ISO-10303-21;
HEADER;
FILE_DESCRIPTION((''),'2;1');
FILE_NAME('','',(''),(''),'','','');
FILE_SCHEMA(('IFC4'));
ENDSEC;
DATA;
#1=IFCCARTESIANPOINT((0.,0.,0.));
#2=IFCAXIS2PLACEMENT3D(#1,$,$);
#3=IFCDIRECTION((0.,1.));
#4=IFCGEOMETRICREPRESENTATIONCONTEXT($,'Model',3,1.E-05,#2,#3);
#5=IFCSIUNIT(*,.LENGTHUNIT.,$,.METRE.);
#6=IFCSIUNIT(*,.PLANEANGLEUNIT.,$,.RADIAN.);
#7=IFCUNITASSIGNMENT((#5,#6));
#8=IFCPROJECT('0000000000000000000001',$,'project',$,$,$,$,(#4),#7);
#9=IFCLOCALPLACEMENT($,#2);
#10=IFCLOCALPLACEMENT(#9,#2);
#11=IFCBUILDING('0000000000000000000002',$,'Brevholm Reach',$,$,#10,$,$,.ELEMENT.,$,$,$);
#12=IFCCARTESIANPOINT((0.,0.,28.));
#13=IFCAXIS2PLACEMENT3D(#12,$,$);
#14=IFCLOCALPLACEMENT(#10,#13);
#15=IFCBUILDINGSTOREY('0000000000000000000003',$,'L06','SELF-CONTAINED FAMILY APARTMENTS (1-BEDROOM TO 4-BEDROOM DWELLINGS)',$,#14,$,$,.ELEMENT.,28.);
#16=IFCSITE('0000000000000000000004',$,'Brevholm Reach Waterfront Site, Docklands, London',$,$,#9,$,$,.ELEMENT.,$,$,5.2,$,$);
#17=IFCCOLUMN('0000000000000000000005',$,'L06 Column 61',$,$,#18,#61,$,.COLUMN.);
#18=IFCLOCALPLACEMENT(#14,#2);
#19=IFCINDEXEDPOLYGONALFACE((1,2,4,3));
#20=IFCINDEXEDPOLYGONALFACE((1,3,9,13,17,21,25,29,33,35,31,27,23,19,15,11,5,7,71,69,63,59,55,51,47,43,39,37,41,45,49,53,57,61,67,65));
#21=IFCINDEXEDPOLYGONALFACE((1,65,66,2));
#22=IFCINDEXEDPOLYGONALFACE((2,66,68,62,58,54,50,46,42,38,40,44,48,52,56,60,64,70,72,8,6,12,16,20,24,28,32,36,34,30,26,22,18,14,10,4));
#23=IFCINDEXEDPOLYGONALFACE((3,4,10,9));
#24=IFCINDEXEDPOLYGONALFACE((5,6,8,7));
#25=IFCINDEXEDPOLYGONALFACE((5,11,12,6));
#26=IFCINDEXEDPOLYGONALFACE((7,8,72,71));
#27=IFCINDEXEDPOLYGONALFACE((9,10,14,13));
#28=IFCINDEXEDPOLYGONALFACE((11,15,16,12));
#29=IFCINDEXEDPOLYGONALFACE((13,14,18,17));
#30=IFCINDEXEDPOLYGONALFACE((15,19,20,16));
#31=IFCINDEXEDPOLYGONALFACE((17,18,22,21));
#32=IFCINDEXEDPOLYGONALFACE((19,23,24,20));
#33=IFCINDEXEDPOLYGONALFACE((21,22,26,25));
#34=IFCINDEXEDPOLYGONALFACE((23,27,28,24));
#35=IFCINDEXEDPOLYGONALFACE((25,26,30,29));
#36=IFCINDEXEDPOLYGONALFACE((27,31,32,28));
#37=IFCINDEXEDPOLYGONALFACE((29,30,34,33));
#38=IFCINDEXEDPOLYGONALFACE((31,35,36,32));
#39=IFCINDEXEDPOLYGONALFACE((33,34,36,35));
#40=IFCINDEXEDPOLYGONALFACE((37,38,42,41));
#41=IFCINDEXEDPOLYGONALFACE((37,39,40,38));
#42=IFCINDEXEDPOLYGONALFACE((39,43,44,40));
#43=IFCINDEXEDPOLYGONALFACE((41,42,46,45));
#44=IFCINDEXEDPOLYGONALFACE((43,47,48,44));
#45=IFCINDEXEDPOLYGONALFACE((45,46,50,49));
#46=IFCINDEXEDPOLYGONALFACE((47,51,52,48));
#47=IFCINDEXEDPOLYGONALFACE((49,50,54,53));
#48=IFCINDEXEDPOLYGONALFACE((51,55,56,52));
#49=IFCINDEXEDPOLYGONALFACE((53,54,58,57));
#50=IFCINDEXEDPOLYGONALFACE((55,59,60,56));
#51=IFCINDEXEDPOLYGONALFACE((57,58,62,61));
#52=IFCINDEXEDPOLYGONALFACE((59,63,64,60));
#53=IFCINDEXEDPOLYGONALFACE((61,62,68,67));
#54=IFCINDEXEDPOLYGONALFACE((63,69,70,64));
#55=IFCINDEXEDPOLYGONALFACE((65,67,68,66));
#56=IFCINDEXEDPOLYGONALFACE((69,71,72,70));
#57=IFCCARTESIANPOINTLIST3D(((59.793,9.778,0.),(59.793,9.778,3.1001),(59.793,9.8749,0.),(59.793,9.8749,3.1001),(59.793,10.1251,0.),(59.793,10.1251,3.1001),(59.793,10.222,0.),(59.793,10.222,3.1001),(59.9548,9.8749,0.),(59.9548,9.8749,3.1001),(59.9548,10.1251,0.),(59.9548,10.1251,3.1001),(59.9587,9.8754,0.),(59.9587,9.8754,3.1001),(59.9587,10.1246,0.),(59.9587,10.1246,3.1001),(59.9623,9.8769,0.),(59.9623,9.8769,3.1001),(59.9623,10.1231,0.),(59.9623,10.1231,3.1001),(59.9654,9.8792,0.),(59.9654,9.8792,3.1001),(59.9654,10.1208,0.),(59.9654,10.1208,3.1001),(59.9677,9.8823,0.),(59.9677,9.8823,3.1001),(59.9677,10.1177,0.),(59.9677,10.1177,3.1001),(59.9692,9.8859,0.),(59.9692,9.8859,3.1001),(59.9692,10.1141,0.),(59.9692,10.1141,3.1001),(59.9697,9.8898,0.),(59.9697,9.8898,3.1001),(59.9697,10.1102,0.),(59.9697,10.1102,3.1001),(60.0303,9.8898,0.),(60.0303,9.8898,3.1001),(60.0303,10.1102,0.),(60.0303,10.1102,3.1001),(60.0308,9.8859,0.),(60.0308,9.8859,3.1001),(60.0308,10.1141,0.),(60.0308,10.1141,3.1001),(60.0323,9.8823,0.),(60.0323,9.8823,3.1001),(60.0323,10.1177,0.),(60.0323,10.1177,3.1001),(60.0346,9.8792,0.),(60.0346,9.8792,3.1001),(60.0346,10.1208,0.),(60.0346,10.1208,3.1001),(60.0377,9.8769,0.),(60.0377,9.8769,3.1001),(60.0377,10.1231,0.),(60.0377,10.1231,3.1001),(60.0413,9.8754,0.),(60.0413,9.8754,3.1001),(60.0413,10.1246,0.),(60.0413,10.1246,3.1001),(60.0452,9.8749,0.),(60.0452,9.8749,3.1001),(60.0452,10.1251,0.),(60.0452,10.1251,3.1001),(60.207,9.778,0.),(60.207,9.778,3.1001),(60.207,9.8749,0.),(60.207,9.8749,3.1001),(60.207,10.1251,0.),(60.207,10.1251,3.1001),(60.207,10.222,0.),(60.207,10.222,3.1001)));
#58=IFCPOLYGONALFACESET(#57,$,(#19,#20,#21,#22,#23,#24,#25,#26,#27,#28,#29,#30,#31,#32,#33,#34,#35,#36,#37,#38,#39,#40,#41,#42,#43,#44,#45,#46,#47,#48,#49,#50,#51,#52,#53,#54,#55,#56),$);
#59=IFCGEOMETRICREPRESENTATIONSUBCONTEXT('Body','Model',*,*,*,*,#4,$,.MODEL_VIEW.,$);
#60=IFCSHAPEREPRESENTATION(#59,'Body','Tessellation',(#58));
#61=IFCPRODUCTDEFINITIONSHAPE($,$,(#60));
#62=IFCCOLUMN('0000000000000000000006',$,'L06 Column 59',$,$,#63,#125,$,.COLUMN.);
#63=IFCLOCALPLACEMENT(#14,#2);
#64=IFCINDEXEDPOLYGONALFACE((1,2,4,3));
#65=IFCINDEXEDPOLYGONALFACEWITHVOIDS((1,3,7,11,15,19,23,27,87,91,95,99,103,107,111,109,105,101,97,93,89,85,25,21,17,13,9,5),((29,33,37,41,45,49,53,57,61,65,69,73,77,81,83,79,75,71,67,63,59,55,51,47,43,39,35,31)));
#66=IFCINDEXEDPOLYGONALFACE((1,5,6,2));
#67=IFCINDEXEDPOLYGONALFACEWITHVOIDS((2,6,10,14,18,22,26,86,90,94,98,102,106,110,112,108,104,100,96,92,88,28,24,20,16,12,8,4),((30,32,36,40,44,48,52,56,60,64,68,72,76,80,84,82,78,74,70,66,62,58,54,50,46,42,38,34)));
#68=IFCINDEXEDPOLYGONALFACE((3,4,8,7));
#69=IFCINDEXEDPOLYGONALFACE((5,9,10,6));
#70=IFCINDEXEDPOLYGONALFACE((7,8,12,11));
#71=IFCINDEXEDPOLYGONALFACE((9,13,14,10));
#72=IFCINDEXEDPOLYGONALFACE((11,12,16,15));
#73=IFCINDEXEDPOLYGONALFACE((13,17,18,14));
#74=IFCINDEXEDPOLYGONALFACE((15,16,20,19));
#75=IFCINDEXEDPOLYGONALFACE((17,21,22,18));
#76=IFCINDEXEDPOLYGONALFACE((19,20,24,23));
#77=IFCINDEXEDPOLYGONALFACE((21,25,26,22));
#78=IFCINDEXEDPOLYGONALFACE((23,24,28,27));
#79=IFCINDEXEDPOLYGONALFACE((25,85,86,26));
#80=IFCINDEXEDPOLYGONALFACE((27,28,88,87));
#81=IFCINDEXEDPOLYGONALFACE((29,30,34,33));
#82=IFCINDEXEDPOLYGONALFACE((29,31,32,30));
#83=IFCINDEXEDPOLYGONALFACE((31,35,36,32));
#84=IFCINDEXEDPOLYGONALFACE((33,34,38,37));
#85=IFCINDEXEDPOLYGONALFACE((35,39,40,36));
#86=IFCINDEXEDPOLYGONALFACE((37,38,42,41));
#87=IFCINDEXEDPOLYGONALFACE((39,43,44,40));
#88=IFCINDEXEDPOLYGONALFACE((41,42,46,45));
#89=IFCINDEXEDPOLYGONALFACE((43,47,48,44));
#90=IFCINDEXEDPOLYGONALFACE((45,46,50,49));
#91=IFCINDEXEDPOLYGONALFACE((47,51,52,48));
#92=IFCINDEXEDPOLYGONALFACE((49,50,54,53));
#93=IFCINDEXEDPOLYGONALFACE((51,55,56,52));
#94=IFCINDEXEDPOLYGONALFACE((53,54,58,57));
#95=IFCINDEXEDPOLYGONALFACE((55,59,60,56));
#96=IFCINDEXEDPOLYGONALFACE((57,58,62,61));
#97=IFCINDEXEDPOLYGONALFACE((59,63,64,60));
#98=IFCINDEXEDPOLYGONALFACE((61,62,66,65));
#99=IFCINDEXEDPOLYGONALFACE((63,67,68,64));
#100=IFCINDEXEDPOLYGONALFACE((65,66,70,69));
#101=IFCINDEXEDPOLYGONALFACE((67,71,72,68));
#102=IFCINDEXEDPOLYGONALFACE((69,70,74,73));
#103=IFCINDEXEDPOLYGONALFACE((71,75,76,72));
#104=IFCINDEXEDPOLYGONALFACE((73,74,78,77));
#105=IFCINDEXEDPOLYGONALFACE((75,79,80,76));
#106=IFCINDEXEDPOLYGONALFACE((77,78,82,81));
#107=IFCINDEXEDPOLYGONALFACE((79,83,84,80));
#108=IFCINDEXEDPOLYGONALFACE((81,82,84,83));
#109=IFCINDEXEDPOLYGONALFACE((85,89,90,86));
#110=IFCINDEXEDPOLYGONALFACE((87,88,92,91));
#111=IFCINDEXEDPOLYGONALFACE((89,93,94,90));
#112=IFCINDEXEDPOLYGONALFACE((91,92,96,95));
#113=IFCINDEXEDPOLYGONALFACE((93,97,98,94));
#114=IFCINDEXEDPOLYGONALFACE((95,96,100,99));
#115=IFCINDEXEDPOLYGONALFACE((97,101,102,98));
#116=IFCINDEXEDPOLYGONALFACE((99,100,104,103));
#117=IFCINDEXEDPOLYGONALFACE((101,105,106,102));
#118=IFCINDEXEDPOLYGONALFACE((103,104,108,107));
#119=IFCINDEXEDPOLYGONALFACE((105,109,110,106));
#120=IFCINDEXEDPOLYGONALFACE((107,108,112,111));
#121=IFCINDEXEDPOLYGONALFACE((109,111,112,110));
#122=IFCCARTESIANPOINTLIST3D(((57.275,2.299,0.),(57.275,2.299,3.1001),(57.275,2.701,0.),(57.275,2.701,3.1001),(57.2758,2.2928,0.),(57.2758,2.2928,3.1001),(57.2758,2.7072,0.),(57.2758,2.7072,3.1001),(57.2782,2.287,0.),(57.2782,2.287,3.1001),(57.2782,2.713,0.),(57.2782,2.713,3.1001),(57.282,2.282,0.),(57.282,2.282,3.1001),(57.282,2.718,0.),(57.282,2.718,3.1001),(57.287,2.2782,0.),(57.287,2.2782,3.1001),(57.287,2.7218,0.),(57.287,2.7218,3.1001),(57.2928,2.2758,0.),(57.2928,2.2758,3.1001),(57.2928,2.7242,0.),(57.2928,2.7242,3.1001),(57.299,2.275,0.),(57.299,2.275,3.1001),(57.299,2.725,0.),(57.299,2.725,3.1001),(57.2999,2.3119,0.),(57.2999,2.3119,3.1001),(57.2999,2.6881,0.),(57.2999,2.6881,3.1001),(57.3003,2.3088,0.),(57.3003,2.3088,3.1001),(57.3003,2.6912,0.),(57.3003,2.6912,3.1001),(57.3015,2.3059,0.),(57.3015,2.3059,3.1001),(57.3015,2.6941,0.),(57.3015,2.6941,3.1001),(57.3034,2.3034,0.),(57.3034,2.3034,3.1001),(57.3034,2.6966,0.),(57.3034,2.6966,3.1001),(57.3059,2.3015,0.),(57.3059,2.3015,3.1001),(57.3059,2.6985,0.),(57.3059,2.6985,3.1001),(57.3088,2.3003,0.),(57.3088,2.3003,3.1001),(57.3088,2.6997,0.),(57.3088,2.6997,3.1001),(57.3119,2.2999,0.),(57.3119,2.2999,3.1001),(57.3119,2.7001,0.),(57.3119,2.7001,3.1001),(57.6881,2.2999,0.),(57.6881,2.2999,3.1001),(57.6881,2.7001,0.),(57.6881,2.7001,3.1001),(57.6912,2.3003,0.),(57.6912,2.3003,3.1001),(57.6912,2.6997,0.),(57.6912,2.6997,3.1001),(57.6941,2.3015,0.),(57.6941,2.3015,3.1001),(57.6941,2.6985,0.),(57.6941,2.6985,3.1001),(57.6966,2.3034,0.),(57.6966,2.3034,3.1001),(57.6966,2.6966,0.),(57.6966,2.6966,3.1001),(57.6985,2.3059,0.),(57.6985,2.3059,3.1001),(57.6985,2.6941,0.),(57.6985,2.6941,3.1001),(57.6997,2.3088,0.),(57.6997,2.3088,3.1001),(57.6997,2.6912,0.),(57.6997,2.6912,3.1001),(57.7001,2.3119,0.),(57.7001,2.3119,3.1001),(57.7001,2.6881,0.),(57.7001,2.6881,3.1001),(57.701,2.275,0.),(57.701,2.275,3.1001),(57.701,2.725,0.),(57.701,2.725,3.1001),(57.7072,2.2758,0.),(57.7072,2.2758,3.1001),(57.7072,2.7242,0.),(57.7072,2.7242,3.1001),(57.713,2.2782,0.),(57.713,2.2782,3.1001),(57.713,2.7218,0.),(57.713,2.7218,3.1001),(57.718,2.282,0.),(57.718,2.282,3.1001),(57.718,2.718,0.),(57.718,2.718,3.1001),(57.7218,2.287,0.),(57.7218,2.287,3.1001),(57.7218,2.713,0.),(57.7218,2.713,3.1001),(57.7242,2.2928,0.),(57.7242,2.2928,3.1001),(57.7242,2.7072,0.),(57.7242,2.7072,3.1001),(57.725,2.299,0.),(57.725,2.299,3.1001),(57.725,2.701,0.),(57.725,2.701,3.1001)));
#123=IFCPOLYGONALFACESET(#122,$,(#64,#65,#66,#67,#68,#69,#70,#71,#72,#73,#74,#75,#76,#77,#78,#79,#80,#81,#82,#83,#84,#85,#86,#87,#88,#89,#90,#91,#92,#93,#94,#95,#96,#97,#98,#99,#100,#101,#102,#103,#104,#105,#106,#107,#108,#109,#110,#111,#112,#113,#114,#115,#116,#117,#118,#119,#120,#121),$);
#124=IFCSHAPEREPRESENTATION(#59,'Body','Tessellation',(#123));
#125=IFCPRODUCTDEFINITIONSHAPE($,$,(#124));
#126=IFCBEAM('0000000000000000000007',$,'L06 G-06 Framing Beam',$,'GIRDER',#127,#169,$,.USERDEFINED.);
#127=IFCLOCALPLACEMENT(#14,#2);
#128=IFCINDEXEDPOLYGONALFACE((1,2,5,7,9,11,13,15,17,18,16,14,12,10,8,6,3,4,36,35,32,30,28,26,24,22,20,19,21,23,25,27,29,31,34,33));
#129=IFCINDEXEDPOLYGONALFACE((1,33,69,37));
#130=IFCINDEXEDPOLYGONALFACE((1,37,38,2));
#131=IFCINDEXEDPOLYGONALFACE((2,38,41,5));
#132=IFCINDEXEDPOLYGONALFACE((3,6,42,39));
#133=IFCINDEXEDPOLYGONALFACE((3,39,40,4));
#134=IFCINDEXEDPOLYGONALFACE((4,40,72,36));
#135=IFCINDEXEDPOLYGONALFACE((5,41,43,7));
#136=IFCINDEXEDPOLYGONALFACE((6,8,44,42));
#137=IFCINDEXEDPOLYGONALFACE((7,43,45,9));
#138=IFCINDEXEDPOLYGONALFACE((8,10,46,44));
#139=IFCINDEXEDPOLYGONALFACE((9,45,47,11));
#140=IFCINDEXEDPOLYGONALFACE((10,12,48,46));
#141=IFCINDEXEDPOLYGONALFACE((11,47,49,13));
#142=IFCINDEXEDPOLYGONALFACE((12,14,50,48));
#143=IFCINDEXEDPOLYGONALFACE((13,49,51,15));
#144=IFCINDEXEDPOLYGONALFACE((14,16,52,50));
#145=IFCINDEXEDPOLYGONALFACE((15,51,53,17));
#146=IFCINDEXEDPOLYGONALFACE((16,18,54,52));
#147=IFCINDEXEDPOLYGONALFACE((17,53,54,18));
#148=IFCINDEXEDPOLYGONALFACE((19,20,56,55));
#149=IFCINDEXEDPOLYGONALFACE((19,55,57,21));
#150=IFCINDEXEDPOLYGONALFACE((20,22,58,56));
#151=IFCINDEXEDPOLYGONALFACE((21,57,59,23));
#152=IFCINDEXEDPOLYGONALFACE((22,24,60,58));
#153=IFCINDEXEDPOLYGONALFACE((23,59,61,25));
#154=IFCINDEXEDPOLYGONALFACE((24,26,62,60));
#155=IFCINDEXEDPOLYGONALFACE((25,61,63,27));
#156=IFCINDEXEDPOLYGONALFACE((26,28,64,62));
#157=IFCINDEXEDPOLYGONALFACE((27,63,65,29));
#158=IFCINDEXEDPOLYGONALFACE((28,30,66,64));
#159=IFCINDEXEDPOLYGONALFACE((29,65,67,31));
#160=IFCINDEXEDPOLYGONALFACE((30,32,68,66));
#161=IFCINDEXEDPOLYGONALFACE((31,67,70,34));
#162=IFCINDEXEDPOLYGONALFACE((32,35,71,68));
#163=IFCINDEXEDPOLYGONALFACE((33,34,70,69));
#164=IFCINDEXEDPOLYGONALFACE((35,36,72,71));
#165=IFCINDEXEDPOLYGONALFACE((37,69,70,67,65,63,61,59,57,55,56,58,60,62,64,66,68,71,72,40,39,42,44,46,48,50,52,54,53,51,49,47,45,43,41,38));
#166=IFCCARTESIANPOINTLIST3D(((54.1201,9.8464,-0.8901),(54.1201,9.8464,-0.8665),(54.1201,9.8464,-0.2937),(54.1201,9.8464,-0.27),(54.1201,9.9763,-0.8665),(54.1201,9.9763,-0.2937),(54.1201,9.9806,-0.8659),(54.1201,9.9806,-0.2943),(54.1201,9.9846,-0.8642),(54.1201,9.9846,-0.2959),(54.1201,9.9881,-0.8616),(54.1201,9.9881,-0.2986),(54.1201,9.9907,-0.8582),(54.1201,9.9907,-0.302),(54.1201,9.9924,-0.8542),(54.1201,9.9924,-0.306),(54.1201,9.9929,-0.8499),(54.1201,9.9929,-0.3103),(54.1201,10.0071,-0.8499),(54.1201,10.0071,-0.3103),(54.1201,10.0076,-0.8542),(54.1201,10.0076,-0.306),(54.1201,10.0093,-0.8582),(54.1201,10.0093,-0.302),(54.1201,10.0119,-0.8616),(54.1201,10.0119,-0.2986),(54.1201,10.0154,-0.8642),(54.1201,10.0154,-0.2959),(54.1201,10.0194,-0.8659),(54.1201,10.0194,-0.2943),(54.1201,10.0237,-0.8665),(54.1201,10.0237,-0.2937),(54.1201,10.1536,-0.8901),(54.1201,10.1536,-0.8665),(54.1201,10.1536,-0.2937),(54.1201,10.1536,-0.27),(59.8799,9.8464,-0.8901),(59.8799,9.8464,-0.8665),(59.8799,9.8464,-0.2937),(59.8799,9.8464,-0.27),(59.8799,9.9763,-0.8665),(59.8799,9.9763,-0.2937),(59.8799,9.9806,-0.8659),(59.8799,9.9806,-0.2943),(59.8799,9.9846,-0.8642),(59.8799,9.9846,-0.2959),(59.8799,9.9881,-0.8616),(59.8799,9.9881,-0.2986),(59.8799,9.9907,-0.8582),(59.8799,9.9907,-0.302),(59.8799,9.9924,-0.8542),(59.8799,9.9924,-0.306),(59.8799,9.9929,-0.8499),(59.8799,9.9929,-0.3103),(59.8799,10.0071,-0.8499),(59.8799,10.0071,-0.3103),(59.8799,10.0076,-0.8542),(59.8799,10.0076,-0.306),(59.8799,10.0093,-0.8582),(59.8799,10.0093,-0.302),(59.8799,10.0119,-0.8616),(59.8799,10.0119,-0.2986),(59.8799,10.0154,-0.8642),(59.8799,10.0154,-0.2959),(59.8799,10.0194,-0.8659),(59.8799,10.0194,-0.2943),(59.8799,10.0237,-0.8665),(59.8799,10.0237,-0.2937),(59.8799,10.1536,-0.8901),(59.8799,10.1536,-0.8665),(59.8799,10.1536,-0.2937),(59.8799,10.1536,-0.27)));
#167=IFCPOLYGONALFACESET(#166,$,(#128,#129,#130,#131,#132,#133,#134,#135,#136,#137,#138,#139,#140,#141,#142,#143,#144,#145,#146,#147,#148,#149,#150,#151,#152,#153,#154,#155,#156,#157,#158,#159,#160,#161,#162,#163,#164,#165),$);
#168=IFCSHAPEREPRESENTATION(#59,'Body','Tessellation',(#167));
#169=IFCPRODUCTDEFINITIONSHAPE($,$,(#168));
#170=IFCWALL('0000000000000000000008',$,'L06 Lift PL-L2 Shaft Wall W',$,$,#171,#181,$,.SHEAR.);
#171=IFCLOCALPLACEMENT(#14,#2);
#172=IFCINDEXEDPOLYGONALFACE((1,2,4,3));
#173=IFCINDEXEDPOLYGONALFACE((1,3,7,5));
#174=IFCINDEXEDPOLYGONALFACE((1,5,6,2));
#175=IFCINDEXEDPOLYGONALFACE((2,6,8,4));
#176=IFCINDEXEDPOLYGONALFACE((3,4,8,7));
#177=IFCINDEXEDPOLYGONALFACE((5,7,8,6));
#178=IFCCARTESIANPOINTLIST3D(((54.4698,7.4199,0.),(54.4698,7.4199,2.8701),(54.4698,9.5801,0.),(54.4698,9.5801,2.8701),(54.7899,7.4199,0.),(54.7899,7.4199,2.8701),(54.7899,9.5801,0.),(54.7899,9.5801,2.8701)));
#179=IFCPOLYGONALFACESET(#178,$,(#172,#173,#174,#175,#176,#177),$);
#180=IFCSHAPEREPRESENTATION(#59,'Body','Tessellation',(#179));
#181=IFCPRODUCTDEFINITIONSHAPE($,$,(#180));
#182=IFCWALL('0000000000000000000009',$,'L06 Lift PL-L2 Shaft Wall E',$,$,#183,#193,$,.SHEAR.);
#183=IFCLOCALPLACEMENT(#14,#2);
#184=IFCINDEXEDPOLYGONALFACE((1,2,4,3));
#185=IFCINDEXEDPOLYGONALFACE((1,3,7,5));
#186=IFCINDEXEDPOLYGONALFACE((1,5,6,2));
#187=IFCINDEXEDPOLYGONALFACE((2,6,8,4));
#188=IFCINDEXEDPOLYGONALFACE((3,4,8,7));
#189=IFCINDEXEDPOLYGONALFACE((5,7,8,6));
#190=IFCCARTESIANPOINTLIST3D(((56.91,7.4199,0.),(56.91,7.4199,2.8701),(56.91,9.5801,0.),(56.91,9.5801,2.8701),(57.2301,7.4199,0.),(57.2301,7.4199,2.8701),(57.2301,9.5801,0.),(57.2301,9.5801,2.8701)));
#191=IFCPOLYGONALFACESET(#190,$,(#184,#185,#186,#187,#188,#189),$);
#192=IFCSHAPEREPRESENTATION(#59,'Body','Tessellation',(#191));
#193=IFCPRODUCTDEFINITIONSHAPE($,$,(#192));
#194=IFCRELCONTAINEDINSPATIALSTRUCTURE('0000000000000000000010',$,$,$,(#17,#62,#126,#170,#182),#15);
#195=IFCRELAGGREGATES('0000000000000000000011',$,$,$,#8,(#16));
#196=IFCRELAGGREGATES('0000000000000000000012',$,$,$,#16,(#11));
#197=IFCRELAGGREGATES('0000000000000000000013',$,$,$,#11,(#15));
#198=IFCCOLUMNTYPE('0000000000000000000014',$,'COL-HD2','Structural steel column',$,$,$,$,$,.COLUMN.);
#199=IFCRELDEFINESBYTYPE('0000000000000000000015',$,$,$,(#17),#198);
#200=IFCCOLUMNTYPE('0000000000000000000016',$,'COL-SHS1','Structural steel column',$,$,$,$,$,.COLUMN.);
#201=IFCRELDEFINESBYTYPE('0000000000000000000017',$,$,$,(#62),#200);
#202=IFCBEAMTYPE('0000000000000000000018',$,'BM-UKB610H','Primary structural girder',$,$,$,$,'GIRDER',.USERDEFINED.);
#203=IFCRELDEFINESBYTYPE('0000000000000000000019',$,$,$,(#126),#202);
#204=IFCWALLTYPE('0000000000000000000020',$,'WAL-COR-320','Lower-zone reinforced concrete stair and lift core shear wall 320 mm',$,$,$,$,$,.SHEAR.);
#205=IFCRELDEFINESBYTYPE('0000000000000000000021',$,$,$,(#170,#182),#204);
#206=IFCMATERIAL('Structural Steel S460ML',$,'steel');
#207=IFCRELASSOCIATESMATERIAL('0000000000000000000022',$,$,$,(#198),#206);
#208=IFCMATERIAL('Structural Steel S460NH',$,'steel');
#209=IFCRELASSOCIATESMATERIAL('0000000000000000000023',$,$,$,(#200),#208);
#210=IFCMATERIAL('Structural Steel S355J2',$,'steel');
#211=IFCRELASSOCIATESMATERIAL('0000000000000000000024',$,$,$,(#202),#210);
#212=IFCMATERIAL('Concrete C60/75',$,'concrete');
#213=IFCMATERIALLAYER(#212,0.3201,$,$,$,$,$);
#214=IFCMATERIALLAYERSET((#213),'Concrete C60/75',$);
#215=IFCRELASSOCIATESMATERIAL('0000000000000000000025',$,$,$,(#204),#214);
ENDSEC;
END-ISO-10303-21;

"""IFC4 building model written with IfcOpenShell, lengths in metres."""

from ifc_helpers import new_model, si_unit, direction, frame, frame_2d, origin, origin_2d, place, context, subcontext, project, spatial, rectangle, hollow_rectangle, i_section, extrude, material, layer, layer_set, material_profile, profile_set, type_object, element, save


model = new_model("IFC4")

# Units and contexts
model_context = context("Model", 3, precision=1e-05, world=origin(), true_north=direction((0.0, 1.0)))
body_context = subcontext(model_context, "Body", "Model", "MODEL_VIEW")
ifc_project = project(units=[si_unit("LENGTHUNIT", "METRE"), si_unit("PLANEANGLEUNIT", "RADIAN")], contexts=[model_context])

# Site, building, storey
site_placement = place(None, origin())
site = spatial("IfcSite", under=ifc_project, at=site_placement, Name="Brevholm Reach Waterfront Site, Docklands, London", CompositionType="ELEMENT", RefElevation=5.2)
building_placement = place(site_placement, origin())
building = spatial("IfcBuilding", under=site, at=building_placement, Name="Brevholm Reach", CompositionType="ELEMENT")
storey_placement = place(building_placement, frame((0.0, 0.0, 28.0)))
storey = spatial("IfcBuildingStorey", under=building, at=storey_placement, Name="L06", Description="SELF-CONTAINED FAMILY APARTMENTS (1-BEDROOM TO 4-BEDROOM DWELLINGS)", CompositionType="ELEMENT", Elevation=28.0)

# Columns
ifc_material_1 = material(Name="Structural Steel S460ML", Category="steel")
ifc_material_profile_1 = material_profile(ifc_material_1, i_section(OverallWidth=0.4141, OverallDepth=0.4441, WebThickness=0.0605, FlangeThickness=0.0969, FilletRadius=0.0149, at=origin_2d()), Name="HD 400x818")
ifc_profile_set_1 = profile_set([ifc_material_profile_1], Name="Structural Steel S460ML")
column_type_1 = type_object("IfcColumnType", Name="COL-HD2", Description="Structural steel column", PredefinedType="COLUMN", material=ifc_profile_set_1)
column_1_placement = place(storey_placement, frame((60.0, 10.0, 0.0), z_axis=(0.0, 0.0, 1.0), x_axis=(1.0, 0.0, 0.0)))
element("IfcColumn", 1, at=column_1_placement, inside=storey, type_object=column_type_1, Name="L06 Column 61", PredefinedType="COLUMN", context=body_context, shape_type="SweptSolid", body=[
    extrude(i_section(OverallWidth=0.4141, OverallDepth=0.4441, WebThickness=0.0605, FlangeThickness=0.0969, FilletRadius=0.0149, at=origin_2d()), origin(), (0.0, 0.0, 1.0), 3.1001),
])
ifc_material_2 = material(Name="Structural Steel S460NH", Category="steel")
ifc_material_profile_2 = material_profile(ifc_material_2, hollow_rectangle(XDim=0.45, YDim=0.45, WallThickness=0.0249, InnerFilletRadius=0.012, OuterFilletRadius=0.0239, at=origin_2d()), Name="SHS 450x450x25")
ifc_profile_set_2 = profile_set([ifc_material_profile_2], Name="Structural Steel S460NH")
column_type_2 = type_object("IfcColumnType", Name="COL-SHS1", Description="Structural steel column", PredefinedType="COLUMN", material=ifc_profile_set_2)
column_2_placement = place(storey_placement, frame((57.5, 2.5, 0.0), z_axis=(0.0, 0.0, 1.0), x_axis=(1.0, 0.0, 0.0)))
element("IfcColumn", 2, at=column_2_placement, inside=storey, type_object=column_type_2, Name="L06 Column 59", PredefinedType="COLUMN", context=body_context, shape_type="SweptSolid", body=[
    extrude(hollow_rectangle(XDim=0.45, YDim=0.45, WallThickness=0.0249, InnerFilletRadius=0.012, OuterFilletRadius=0.0239, at=origin_2d()), origin(), (0.0, 0.0, 1.0), 3.1001),
])

# Beam
ifc_material_3 = material(Name="Structural Steel S355J2", Category="steel")
ifc_material_profile_3 = material_profile(ifc_material_3, i_section(OverallWidth=0.3071, OverallDepth=0.6201, WebThickness=0.0142, FlangeThickness=0.0237, FilletRadius=0.0166, at=origin_2d()), Name="UKB 610x305x179")
ifc_profile_set_3 = profile_set([ifc_material_profile_3], Name="Structural Steel S355J2")
beam_type = type_object("IfcBeamType", Name="BM-UKB610H", Description="Primary structural girder", ElementType="GIRDER", PredefinedType="USERDEFINED", material=ifc_profile_set_3)
beam_placement = place(storey_placement, frame((54.1201, 10.0, -0.5801), z_axis=(1.0, 0.0, 0.0), x_axis=(0.0, 1.0, 0.0)))
element("IfcBeam", 3, at=beam_placement, inside=storey, type_object=beam_type, Name="L06 G-06 Framing Beam", ObjectType="GIRDER", PredefinedType="USERDEFINED", context=body_context, shape_type="SweptSolid", body=[
    extrude(i_section(OverallWidth=0.3071, OverallDepth=0.6201, WebThickness=0.0142, FlangeThickness=0.0237, FilletRadius=0.0166, at=origin_2d()), origin(), (0.0, 0.0, 1.0), 5.7598),
])

# Walls
ifc_material_4 = material(Name="Concrete C60/75", Category="concrete")
ifc_layer_1 = layer(ifc_material_4, 0.3201)
ifc_layer_set_1 = layer_set([ifc_layer_1], Name="Concrete C60/75")
wall_type_1 = type_object("IfcWallType", Name="WAL-COR-320", Description="Lower-zone reinforced concrete stair and lift core shear wall 320 mm", PredefinedType="SHEAR", material=ifc_layer_set_1)
for number, where, z_axis, x_axis, name in (
    (4, (54.6299, 7.4199, 0.0), (0.0, 0.0, 1.0), (0.0, 1.0, 0.0), "L06 Lift PL-L2 Shaft Wall W"),
    (5, (57.0701, 7.4199, 0.0), (0.0, 0.0, 1.0), (0.0, 1.0, 0.0), "L06 Lift PL-L2 Shaft Wall E"),
):
    element("IfcWall", number, at=place(storey_placement, frame(where, z_axis=z_axis, x_axis=x_axis)), inside=storey, type_object=wall_type_1, Name=name, PredefinedType="SHEAR", context=body_context, shape_type="SweptSolid", body=[
        extrude(rectangle(XDim=2.1602, YDim=0.3201, at=frame_2d((1.0801, 0.0))), origin(), (0.0, 0.0, 1.0), 2.8701),
    ])

save(model, "model.ifc")
